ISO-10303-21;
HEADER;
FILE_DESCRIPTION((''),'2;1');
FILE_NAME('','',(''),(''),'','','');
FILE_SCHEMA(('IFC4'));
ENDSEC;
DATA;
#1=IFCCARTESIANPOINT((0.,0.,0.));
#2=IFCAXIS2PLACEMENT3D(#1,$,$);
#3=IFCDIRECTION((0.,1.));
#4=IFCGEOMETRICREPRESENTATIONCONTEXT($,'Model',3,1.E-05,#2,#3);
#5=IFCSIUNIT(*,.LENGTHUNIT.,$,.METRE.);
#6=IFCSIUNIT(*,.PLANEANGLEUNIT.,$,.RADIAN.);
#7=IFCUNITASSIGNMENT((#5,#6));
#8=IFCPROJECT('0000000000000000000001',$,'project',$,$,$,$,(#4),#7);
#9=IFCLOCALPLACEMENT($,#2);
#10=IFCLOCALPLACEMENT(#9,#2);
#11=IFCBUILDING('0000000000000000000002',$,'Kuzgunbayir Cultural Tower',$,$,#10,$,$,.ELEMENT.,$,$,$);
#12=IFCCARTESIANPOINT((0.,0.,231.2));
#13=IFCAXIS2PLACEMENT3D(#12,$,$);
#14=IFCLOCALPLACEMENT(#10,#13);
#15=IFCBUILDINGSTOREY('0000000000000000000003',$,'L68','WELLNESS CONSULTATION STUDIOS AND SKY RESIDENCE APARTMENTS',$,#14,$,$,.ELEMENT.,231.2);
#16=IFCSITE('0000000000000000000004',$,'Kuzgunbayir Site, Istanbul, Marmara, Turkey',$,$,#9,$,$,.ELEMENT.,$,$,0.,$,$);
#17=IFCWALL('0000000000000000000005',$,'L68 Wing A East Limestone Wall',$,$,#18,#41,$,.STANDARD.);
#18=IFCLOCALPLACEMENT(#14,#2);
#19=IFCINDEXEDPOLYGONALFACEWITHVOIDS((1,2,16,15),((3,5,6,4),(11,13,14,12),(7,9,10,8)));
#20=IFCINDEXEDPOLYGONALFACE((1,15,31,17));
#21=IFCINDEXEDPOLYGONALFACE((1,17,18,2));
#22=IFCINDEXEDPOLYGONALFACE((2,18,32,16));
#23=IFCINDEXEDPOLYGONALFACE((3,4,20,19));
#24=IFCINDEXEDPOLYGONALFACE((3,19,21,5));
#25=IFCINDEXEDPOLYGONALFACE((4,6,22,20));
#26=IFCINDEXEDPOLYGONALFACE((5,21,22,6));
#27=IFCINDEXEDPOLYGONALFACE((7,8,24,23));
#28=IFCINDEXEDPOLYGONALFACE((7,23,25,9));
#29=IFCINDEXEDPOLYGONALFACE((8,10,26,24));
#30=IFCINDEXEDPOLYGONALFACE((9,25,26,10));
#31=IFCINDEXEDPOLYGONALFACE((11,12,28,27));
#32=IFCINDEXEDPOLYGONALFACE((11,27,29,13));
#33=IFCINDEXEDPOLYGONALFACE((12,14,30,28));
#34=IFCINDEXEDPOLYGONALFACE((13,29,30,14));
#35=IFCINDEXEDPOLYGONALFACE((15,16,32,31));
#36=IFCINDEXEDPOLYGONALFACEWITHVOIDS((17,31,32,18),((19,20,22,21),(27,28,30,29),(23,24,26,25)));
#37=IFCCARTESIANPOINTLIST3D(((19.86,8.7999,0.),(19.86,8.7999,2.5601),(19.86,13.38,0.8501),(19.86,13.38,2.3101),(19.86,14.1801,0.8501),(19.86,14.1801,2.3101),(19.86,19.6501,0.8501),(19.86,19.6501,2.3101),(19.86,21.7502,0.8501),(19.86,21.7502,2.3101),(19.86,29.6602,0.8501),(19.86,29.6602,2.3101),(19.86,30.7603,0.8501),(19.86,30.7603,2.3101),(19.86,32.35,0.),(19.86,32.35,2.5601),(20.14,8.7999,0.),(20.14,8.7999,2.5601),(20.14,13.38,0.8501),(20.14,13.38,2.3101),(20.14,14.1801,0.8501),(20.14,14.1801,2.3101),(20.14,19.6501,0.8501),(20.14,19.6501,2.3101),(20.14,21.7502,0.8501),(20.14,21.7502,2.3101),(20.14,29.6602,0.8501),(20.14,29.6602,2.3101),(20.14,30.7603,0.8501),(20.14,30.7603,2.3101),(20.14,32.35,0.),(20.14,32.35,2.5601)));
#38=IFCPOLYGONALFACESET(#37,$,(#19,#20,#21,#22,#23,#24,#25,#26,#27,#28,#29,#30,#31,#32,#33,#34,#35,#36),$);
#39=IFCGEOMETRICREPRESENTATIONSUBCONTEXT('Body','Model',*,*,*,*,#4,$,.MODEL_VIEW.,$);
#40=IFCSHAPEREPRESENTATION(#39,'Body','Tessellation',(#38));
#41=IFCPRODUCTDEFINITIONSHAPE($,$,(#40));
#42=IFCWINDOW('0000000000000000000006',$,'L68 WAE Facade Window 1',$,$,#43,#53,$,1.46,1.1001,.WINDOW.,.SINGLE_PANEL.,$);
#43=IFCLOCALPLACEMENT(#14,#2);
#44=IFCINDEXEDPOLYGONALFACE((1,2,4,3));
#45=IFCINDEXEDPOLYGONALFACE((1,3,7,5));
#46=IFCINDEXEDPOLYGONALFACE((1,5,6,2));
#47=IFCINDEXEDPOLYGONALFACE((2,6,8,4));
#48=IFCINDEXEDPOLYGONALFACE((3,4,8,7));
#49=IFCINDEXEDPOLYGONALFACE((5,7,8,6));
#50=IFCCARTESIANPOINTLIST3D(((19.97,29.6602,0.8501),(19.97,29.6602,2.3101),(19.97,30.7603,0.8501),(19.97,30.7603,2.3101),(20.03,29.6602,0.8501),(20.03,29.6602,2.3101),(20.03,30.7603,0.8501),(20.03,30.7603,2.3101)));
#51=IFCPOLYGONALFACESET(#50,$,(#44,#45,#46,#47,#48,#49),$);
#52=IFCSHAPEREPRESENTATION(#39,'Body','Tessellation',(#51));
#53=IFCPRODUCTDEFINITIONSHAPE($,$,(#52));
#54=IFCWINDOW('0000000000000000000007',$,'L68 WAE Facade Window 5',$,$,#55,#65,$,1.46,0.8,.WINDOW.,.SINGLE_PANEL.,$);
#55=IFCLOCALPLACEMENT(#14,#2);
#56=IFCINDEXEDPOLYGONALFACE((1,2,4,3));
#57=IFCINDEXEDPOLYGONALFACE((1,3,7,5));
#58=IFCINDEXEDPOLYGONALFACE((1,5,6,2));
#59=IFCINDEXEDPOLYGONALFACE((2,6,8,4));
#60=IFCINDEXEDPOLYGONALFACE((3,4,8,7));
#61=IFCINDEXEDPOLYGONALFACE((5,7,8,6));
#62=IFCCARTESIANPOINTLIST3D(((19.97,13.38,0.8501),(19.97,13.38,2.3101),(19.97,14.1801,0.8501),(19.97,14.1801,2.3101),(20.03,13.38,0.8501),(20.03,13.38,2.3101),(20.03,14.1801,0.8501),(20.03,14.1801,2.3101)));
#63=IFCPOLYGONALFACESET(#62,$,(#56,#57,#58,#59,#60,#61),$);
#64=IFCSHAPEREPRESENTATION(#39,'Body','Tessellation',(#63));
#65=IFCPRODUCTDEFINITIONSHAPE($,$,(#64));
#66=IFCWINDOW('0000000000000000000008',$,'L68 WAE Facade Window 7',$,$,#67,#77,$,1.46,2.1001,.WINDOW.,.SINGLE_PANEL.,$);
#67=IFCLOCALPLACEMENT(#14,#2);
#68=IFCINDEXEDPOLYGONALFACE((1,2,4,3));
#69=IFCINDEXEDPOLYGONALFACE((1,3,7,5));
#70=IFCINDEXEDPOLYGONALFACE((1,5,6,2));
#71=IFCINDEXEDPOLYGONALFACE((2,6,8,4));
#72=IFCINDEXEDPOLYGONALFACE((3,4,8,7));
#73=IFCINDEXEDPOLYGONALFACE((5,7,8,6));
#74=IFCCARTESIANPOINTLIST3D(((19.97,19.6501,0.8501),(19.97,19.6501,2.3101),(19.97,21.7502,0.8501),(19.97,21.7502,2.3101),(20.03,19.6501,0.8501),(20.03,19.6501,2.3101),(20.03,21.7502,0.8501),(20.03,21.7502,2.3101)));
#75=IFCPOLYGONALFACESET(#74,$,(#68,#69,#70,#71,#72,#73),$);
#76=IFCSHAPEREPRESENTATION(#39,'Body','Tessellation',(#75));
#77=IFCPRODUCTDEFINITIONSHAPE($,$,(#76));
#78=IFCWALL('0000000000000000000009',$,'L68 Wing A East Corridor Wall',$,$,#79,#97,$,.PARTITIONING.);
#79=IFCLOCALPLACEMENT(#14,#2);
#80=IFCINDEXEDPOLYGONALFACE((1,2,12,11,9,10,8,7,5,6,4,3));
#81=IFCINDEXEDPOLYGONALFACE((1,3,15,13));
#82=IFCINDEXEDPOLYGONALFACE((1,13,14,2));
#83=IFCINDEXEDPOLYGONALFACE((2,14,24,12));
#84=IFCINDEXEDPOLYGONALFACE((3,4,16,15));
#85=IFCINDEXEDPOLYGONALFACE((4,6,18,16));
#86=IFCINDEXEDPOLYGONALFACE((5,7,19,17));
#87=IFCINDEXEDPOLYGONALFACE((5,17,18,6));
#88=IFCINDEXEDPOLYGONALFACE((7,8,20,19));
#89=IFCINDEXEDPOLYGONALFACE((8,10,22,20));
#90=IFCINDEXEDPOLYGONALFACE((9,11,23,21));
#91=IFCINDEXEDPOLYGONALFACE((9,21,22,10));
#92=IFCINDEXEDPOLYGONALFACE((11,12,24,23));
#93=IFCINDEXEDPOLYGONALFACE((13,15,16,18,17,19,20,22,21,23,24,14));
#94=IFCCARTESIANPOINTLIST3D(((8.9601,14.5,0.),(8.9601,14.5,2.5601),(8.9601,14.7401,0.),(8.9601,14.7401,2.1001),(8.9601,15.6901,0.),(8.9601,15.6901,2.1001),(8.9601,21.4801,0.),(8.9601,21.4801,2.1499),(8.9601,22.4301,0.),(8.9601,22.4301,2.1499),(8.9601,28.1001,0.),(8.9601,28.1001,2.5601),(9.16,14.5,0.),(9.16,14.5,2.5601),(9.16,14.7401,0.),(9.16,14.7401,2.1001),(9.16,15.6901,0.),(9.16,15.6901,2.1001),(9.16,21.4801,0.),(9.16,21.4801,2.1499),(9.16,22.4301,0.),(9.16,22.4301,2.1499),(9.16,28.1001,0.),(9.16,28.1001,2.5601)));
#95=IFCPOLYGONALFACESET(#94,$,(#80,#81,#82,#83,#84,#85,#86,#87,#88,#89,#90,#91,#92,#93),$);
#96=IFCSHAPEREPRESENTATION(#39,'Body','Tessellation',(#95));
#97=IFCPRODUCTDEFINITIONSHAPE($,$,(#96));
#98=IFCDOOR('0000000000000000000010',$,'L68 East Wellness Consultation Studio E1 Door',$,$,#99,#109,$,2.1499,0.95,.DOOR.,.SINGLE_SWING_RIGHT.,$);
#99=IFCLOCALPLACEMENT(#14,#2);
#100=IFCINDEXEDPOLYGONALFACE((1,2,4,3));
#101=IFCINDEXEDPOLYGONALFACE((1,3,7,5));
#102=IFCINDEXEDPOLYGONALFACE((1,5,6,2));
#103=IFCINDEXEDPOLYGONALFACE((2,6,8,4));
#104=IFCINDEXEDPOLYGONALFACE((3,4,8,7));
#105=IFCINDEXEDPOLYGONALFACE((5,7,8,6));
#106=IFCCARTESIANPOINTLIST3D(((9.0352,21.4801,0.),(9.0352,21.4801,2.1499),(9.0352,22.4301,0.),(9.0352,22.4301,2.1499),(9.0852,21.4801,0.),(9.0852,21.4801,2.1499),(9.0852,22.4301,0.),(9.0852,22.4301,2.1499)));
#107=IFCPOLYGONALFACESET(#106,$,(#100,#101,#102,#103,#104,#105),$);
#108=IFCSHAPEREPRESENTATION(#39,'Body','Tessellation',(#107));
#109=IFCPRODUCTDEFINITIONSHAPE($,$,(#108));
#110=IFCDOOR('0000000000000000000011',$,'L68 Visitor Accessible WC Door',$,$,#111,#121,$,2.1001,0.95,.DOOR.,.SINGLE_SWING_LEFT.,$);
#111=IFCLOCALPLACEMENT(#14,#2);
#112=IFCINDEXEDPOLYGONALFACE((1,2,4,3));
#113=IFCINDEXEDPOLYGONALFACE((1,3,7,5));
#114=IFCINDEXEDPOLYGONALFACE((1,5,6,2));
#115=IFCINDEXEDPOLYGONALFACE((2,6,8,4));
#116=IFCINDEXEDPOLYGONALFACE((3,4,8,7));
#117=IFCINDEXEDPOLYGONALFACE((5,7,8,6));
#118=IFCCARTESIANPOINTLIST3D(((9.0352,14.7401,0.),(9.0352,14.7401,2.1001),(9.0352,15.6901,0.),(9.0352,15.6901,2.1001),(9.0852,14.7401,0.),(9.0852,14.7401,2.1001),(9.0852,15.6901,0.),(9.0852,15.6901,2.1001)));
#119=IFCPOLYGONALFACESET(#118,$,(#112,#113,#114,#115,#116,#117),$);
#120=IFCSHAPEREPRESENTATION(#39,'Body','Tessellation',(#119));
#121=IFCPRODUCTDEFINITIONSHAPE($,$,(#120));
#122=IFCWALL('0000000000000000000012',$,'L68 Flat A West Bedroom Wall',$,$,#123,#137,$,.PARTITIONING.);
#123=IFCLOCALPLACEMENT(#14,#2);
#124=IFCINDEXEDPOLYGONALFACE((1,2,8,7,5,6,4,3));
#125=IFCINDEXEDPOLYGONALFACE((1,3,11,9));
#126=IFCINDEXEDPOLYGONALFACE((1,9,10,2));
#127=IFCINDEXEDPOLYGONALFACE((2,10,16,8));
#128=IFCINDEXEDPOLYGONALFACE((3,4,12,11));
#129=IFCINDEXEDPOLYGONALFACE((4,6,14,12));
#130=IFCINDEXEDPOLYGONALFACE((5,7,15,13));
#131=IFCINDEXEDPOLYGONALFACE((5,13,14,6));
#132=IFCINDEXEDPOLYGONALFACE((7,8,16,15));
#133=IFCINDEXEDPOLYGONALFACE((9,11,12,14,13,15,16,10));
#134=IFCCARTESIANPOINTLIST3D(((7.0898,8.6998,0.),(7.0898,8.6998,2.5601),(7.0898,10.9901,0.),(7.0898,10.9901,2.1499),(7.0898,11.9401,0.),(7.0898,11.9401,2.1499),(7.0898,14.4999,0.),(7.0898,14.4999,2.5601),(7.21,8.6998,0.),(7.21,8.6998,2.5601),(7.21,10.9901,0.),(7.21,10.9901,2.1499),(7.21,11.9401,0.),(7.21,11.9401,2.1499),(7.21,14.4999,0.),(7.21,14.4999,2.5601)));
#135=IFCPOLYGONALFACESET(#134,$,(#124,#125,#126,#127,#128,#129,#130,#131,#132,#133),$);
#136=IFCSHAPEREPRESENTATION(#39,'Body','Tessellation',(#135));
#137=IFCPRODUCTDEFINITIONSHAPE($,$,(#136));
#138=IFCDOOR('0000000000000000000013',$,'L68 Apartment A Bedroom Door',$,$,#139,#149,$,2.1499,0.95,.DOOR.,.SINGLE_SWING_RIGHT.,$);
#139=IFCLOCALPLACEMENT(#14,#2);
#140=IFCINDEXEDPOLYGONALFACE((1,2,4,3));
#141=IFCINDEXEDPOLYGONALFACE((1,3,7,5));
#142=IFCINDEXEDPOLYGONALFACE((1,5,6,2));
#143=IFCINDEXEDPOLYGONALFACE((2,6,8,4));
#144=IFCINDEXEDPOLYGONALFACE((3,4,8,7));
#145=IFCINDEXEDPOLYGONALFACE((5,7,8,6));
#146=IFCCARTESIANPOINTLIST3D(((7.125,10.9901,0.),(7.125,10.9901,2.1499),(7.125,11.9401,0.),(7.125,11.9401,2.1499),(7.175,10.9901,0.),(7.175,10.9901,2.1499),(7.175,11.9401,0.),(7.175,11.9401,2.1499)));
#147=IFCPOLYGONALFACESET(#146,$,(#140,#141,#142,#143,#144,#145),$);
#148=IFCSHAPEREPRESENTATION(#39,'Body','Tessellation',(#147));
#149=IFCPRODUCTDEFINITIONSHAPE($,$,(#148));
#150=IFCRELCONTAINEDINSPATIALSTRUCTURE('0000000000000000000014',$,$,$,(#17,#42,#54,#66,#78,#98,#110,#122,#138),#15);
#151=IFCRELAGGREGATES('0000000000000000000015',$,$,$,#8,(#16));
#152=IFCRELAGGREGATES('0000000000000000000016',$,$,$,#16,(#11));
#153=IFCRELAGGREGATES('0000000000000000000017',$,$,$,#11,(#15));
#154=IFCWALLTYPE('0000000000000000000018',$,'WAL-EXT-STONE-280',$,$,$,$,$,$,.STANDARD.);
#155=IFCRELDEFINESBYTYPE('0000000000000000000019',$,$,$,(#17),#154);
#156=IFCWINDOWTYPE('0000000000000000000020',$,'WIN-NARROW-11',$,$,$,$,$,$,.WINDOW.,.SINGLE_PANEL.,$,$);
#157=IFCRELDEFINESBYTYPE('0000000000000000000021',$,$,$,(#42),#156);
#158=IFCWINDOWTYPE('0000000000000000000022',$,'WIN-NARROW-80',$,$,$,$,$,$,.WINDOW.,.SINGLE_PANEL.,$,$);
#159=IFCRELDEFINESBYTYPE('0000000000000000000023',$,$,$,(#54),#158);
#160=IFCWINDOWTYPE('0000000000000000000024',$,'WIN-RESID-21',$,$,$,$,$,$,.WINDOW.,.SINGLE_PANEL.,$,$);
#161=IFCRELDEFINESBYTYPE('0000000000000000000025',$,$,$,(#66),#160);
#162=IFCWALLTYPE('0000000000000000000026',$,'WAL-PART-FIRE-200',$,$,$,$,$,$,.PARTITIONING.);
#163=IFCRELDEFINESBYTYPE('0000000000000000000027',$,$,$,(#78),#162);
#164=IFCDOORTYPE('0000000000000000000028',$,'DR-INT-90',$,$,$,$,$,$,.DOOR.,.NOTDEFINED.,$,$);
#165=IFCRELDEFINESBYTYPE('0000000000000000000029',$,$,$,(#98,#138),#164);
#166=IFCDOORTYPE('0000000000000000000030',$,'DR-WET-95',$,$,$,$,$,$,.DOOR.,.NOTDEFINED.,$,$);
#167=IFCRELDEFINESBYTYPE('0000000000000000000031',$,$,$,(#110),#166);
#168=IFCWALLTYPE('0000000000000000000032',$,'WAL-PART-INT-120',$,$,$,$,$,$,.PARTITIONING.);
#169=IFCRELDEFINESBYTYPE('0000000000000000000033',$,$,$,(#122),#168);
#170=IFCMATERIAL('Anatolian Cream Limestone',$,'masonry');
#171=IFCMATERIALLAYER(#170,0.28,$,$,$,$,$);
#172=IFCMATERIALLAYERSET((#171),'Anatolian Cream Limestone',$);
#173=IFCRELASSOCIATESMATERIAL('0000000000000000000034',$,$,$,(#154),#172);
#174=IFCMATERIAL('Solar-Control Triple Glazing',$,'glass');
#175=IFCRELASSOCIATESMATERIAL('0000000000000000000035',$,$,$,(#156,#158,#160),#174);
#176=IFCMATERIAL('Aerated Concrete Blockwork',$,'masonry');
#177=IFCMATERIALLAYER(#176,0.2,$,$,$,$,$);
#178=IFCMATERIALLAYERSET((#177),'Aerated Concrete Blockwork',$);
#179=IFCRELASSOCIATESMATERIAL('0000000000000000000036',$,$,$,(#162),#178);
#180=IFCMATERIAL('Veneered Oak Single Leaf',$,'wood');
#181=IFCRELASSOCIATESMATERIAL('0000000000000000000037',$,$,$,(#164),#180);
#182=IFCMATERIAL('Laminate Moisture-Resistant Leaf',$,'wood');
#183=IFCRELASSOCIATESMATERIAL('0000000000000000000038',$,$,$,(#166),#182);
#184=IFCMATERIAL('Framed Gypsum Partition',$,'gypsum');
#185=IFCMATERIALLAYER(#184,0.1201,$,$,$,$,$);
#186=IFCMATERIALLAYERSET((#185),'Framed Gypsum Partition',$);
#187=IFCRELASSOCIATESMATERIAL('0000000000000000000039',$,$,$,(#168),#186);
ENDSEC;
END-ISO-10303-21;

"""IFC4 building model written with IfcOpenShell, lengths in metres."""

from ifc_helpers import new_model, si_unit, direction, frame, frame_2d, origin, place, context, subcontext, project, spatial, rectangle, extrude, material, layer, layer_set, type_object, element, fill, save


model = new_model("IFC4")

# Units and contexts
model_context = context("Model", 3, precision=1e-05, world=origin(), true_north=direction((0.0, 1.0)))
body_context = subcontext(model_context, "Body", "Model", "MODEL_VIEW")
ifc_project = project(units=[si_unit("LENGTHUNIT", "METRE"), si_unit("PLANEANGLEUNIT", "RADIAN")], contexts=[model_context])

# Site, building, storey
site_placement = place(None, origin())
site = spatial("IfcSite", under=ifc_project, at=site_placement, Name="Kuzgunbayir Site, Istanbul, Marmara, Turkey", CompositionType="ELEMENT", RefElevation=0.0)
building_placement = place(site_placement, origin())
building = spatial("IfcBuilding", under=site, at=building_placement, Name="Kuzgunbayir Cultural Tower", CompositionType="ELEMENT")
storey_placement = place(building_placement, frame((0.0, 0.0, 231.2)))
storey = spatial("IfcBuildingStorey", under=building, at=storey_placement, Name="L68", Description="WELLNESS CONSULTATION STUDIOS AND SKY RESIDENCE APARTMENTS", CompositionType="ELEMENT", Elevation=231.2)

# Wall, openings, windows
ifc_material_1 = material(Name="Anatolian Cream Limestone", Category="masonry")
ifc_layer_1 = layer(ifc_material_1, 0.28)
ifc_layer_set_1 = layer_set([ifc_layer_1], Name="Anatolian Cream Limestone")
wall_type_1 = type_object("IfcWallType", Name="WAL-EXT-STONE-280", PredefinedType="STANDARD", material=ifc_layer_set_1)
wall_1_placement = place(storey_placement, frame((20.0, 8.8, 0.0), z_axis=(0.0, 0.0, 1.0), x_axis=(0.0, 1.0, 0.0)))
wall_1 = element("IfcWall", 1, at=wall_1_placement, inside=storey, type_object=wall_type_1, Name="L68 Wing A East Limestone Wall", PredefinedType="STANDARD", context=body_context, shape_type="SweptSolid", body=[
    extrude(rectangle(XDim=23.55, YDim=0.28, at=frame_2d((11.7749, 0.0))), origin(), (0.0, 0.0, 1.0), 2.5601),
])
opening_1_placement = place(wall_1_placement, frame((20.8601, 0.0, 0.8501)))
opening_1 = element("IfcOpeningElement", 2, at=opening_1_placement, cuts=wall_1, PredefinedType="OPENING", context=body_context, shape_type="SweptSolid", body=[
    extrude(rectangle(XDim=1.1001, YDim=1.46, at=frame_2d((0.55, 0.73))), frame((0.0, 0.1499, 0.0), z_axis=(0.0, -1.0, 0.0), x_axis=(1.0, 0.0, 0.0)), (0.0, 0.0, 1.0), 0.3),
])
opening_2_placement = place(wall_1_placement, frame((4.5801, 0.0, 0.8501)))
opening_2 = element("IfcOpeningElement", 3, at=opening_2_placement, cuts=wall_1, PredefinedType="OPENING", context=body_context, shape_type="SweptSolid", body=[
    extrude(rectangle(XDim=0.8, YDim=1.46, at=frame_2d((0.3999, 0.73))), frame((0.0, 0.1499, 0.0), z_axis=(0.0, -1.0, 0.0), x_axis=(1.0, 0.0, 0.0)), (0.0, 0.0, 1.0), 0.3),
])
opening_3_placement = place(wall_1_placement, frame((10.8501, 0.0, 0.8501)))
opening_3 = element("IfcOpeningElement", 4, at=opening_3_placement, cuts=wall_1, PredefinedType="OPENING", context=body_context, shape_type="SweptSolid", body=[
    extrude(rectangle(XDim=2.1001, YDim=1.46, at=frame_2d((1.05, 0.73))), frame((0.0, 0.1499, 0.0), z_axis=(0.0, -1.0, 0.0), x_axis=(1.0, 0.0, 0.0)), (0.0, 0.0, 1.0), 0.3),
])
ifc_material_2 = material(Name="Solar-Control Triple Glazing", Category="glass")
window_type_1 = type_object("IfcWindowType", Name="WIN-NARROW-11", PartitioningType="SINGLE_PANEL", PredefinedType="WINDOW", material=ifc_material_2)
window_1_placement = place(opening_1_placement, origin())
window_1 = element("IfcWindow", 5, at=window_1_placement, inside=storey, type_object=window_type_1, Name="L68 WAE Facade Window 1", OverallHeight=1.46, OverallWidth=1.1001, PartitioningType="SINGLE_PANEL", PredefinedType="WINDOW", context=body_context, shape_type="SweptSolid", body=[
    extrude(rectangle(XDim=1.1001, YDim=1.46, at=frame_2d((0.55, 0.73))), frame((0.0, 0.03, 0.0), z_axis=(0.0, -1.0, 0.0), x_axis=(1.0, 0.0, 0.0)), (0.0, 0.0, 1.0), 0.0601),
])
fill(opening_1, window_1)
window_type_2 = type_object("IfcWindowType", Name="WIN-NARROW-80", PartitioningType="SINGLE_PANEL", PredefinedType="WINDOW", material=ifc_material_2)
window_2_placement = place(opening_2_placement, origin())
window_2 = element("IfcWindow", 6, at=window_2_placement, inside=storey, type_object=window_type_2, Name="L68 WAE Facade Window 5", OverallHeight=1.46, OverallWidth=0.8, PartitioningType="SINGLE_PANEL", PredefinedType="WINDOW", context=body_context, shape_type="SweptSolid", body=[
    extrude(rectangle(XDim=0.8, YDim=1.46, at=frame_2d((0.3999, 0.73))), frame((0.0, 0.03, 0.0), z_axis=(0.0, -1.0, 0.0), x_axis=(1.0, 0.0, 0.0)), (0.0, 0.0, 1.0), 0.0601),
])
fill(opening_2, window_2)
window_type_3 = type_object("IfcWindowType", Name="WIN-RESID-21", PartitioningType="SINGLE_PANEL", PredefinedType="WINDOW", material=ifc_material_2)
window_3_placement = place(opening_3_placement, origin())
window_3 = element("IfcWindow", 7, at=window_3_placement, inside=storey, type_object=window_type_3, Name="L68 WAE Facade Window 7", OverallHeight=1.46, OverallWidth=2.1001, PartitioningType="SINGLE_PANEL", PredefinedType="WINDOW", context=body_context, shape_type="SweptSolid", body=[
    extrude(rectangle(XDim=2.1001, YDim=1.46, at=frame_2d((1.05, 0.73))), frame((0.0, 0.03, 0.0), z_axis=(0.0, -1.0, 0.0), x_axis=(1.0, 0.0, 0.0)), (0.0, 0.0, 1.0), 0.0601),
])
fill(opening_3, window_3)

# Wall, openings, doors
ifc_material_3 = material(Name="Aerated Concrete Blockwork", Category="masonry")
ifc_layer_2 = layer(ifc_material_3, 0.2)
ifc_layer_set_2 = layer_set([ifc_layer_2], Name="Aerated Concrete Blockwork")
wall_type_2 = type_object("IfcWallType", Name="WAL-PART-FIRE-200", PredefinedType="PARTITIONING", material=ifc_layer_set_2)
ifc_material_4 = material(Name="Veneered Oak Single Leaf", Category="wood")
door_type_1 = type_object("IfcDoorType", Name="DR-INT-90", OperationType="NOTDEFINED", PredefinedType="DOOR", material=ifc_material_4)
wall_2_placement = place(storey_placement, frame((9.0601, 14.5, 0.0), z_axis=(0.0, 0.0, 1.0), x_axis=(0.0, 1.0, 0.0)))
wall_2 = element("IfcWall", 8, at=wall_2_placement, inside=storey, type_object=wall_type_2, Name="L68 Wing A East Corridor Wall", PredefinedType="PARTITIONING", context=body_context, shape_type="SweptSolid", body=[
    extrude(rectangle(XDim=13.6001, YDim=0.2, at=frame_2d((6.8, 0.0))), origin(), (0.0, 0.0, 1.0), 2.5601),
])
opening_4_placement = place(wall_2_placement, frame((0.24, 0.0, 0.0)))
opening_4 = element("IfcOpeningElement", 9, at=opening_4_placement, cuts=wall_2, PredefinedType="OPENING", context=body_context, shape_type="SweptSolid", body=[
    extrude(rectangle(XDim=0.95, YDim=2.1001, at=frame_2d((0.4751, 1.05))), frame((0.0, 0.1099, 0.0), z_axis=(0.0, -1.0, 0.0), x_axis=(1.0, 0.0, 0.0)), (0.0, 0.0, 1.0), 0.22),
])
opening_5_placement = place(wall_2_placement, frame((6.98, 0.0, 0.0)))
opening_5 = element("IfcOpeningElement", 10, at=opening_5_placement, cuts=wall_2, PredefinedType="OPENING", context=body_context, shape_type="SweptSolid", body=[
    extrude(rectangle(XDim=0.95, YDim=2.1499, at=frame_2d((0.4751, 1.075))), frame((0.0, 0.1099, 0.0), z_axis=(0.0, -1.0, 0.0), x_axis=(1.0, 0.0, 0.0)), (0.0, 0.0, 1.0), 0.22),
])
door_1_placement = place(opening_5_placement, origin())
door_1 = element("IfcDoor", 11, at=door_1_placement, inside=storey, type_object=door_type_1, Name="L68 East Wellness Consultation Studio E1 Door", OperationType="SINGLE_SWING_RIGHT", OverallHeight=2.1499, OverallWidth=0.95, PredefinedType="DOOR", context=body_context, shape_type="SweptSolid", body=[
    extrude(rectangle(XDim=0.95, YDim=2.1499, at=frame_2d((0.4751, 1.075))), frame((0.0, 0.0249, 0.0), z_axis=(0.0, -1.0, 0.0), x_axis=(1.0, 0.0, 0.0)), (0.0, 0.0, 1.0), 0.05),
])
fill(opening_5, door_1)
ifc_material_5 = material(Name="Laminate Moisture-Resistant Leaf", Category="wood")
door_type_2 = type_object("IfcDoorType", Name="DR-WET-95", OperationType="NOTDEFINED", PredefinedType="DOOR", material=ifc_material_5)
door_2_placement = place(opening_4_placement, origin())
door_2 = element("IfcDoor", 12, at=door_2_placement, inside=storey, type_object=door_type_2, Name="L68 Visitor Accessible WC Door", OperationType="SINGLE_SWING_LEFT", OverallHeight=2.1001, OverallWidth=0.95, PredefinedType="DOOR", context=body_context, shape_type="SweptSolid", body=[
    extrude(rectangle(XDim=0.95, YDim=2.1001, at=frame_2d((0.4751, 1.05))), frame((0.0, 0.0249, 0.0), z_axis=(0.0, -1.0, 0.0), x_axis=(1.0, 0.0, 0.0)), (0.0, 0.0, 1.0), 0.05),
])
fill(opening_4, door_2)

# Wall, opening, door
ifc_material_6 = material(Name="Framed Gypsum Partition", Category="gypsum")
ifc_layer_3 = layer(ifc_material_6, 0.1201)
ifc_layer_set_3 = layer_set([ifc_layer_3], Name="Framed Gypsum Partition")
wall_type_3 = type_object("IfcWallType", Name="WAL-PART-INT-120", PredefinedType="PARTITIONING", material=ifc_layer_set_3)
wall_3_placement = place(storey_placement, frame((7.1499, 8.7, 0.0), z_axis=(0.0, 0.0, 1.0), x_axis=(0.0, 1.0, 0.0)))
wall_3 = element("IfcWall", 13, at=wall_3_placement, inside=storey, type_object=wall_type_3, Name="L68 Flat A West Bedroom Wall", PredefinedType="PARTITIONING", context=body_context, shape_type="SweptSolid", body=[
    extrude(rectangle(XDim=5.8, YDim=0.1201, at=frame_2d((2.8999, 0.0))), origin(), (0.0, 0.0, 1.0), 2.5601),
])
opening_6_placement = place(wall_3_placement, frame((2.29, 0.0, 0.0)))
opening_6 = element("IfcOpeningElement", 14, at=opening_6_placement, cuts=wall_3, PredefinedType="OPENING", context=body_context, shape_type="SweptSolid", body=[
    extrude(rectangle(XDim=0.95, YDim=2.1499, at=frame_2d((0.4751, 1.075))), frame((0.0, 0.0701, 0.0), z_axis=(0.0, -1.0, 0.0), x_axis=(1.0, 0.0, 0.0)), (0.0, 0.0, 1.0), 0.1401),
])
door_3_placement = place(opening_6_placement, origin())
door_3 = element("IfcDoor", 15, at=door_3_placement, inside=storey, type_object=door_type_1, Name="L68 Apartment A Bedroom Door", OperationType="SINGLE_SWING_RIGHT", OverallHeight=2.1499, OverallWidth=0.95, PredefinedType="DOOR", context=body_context, shape_type="SweptSolid", body=[
    extrude(rectangle(XDim=0.95, YDim=2.1499, at=frame_2d((0.4751, 1.075))), frame((0.0, 0.0249, 0.0), z_axis=(0.0, -1.0, 0.0), x_axis=(1.0, 0.0, 0.0)), (0.0, 0.0, 1.0), 0.05),
])
fill(opening_6, door_3)

save(model, "model.ifc")
